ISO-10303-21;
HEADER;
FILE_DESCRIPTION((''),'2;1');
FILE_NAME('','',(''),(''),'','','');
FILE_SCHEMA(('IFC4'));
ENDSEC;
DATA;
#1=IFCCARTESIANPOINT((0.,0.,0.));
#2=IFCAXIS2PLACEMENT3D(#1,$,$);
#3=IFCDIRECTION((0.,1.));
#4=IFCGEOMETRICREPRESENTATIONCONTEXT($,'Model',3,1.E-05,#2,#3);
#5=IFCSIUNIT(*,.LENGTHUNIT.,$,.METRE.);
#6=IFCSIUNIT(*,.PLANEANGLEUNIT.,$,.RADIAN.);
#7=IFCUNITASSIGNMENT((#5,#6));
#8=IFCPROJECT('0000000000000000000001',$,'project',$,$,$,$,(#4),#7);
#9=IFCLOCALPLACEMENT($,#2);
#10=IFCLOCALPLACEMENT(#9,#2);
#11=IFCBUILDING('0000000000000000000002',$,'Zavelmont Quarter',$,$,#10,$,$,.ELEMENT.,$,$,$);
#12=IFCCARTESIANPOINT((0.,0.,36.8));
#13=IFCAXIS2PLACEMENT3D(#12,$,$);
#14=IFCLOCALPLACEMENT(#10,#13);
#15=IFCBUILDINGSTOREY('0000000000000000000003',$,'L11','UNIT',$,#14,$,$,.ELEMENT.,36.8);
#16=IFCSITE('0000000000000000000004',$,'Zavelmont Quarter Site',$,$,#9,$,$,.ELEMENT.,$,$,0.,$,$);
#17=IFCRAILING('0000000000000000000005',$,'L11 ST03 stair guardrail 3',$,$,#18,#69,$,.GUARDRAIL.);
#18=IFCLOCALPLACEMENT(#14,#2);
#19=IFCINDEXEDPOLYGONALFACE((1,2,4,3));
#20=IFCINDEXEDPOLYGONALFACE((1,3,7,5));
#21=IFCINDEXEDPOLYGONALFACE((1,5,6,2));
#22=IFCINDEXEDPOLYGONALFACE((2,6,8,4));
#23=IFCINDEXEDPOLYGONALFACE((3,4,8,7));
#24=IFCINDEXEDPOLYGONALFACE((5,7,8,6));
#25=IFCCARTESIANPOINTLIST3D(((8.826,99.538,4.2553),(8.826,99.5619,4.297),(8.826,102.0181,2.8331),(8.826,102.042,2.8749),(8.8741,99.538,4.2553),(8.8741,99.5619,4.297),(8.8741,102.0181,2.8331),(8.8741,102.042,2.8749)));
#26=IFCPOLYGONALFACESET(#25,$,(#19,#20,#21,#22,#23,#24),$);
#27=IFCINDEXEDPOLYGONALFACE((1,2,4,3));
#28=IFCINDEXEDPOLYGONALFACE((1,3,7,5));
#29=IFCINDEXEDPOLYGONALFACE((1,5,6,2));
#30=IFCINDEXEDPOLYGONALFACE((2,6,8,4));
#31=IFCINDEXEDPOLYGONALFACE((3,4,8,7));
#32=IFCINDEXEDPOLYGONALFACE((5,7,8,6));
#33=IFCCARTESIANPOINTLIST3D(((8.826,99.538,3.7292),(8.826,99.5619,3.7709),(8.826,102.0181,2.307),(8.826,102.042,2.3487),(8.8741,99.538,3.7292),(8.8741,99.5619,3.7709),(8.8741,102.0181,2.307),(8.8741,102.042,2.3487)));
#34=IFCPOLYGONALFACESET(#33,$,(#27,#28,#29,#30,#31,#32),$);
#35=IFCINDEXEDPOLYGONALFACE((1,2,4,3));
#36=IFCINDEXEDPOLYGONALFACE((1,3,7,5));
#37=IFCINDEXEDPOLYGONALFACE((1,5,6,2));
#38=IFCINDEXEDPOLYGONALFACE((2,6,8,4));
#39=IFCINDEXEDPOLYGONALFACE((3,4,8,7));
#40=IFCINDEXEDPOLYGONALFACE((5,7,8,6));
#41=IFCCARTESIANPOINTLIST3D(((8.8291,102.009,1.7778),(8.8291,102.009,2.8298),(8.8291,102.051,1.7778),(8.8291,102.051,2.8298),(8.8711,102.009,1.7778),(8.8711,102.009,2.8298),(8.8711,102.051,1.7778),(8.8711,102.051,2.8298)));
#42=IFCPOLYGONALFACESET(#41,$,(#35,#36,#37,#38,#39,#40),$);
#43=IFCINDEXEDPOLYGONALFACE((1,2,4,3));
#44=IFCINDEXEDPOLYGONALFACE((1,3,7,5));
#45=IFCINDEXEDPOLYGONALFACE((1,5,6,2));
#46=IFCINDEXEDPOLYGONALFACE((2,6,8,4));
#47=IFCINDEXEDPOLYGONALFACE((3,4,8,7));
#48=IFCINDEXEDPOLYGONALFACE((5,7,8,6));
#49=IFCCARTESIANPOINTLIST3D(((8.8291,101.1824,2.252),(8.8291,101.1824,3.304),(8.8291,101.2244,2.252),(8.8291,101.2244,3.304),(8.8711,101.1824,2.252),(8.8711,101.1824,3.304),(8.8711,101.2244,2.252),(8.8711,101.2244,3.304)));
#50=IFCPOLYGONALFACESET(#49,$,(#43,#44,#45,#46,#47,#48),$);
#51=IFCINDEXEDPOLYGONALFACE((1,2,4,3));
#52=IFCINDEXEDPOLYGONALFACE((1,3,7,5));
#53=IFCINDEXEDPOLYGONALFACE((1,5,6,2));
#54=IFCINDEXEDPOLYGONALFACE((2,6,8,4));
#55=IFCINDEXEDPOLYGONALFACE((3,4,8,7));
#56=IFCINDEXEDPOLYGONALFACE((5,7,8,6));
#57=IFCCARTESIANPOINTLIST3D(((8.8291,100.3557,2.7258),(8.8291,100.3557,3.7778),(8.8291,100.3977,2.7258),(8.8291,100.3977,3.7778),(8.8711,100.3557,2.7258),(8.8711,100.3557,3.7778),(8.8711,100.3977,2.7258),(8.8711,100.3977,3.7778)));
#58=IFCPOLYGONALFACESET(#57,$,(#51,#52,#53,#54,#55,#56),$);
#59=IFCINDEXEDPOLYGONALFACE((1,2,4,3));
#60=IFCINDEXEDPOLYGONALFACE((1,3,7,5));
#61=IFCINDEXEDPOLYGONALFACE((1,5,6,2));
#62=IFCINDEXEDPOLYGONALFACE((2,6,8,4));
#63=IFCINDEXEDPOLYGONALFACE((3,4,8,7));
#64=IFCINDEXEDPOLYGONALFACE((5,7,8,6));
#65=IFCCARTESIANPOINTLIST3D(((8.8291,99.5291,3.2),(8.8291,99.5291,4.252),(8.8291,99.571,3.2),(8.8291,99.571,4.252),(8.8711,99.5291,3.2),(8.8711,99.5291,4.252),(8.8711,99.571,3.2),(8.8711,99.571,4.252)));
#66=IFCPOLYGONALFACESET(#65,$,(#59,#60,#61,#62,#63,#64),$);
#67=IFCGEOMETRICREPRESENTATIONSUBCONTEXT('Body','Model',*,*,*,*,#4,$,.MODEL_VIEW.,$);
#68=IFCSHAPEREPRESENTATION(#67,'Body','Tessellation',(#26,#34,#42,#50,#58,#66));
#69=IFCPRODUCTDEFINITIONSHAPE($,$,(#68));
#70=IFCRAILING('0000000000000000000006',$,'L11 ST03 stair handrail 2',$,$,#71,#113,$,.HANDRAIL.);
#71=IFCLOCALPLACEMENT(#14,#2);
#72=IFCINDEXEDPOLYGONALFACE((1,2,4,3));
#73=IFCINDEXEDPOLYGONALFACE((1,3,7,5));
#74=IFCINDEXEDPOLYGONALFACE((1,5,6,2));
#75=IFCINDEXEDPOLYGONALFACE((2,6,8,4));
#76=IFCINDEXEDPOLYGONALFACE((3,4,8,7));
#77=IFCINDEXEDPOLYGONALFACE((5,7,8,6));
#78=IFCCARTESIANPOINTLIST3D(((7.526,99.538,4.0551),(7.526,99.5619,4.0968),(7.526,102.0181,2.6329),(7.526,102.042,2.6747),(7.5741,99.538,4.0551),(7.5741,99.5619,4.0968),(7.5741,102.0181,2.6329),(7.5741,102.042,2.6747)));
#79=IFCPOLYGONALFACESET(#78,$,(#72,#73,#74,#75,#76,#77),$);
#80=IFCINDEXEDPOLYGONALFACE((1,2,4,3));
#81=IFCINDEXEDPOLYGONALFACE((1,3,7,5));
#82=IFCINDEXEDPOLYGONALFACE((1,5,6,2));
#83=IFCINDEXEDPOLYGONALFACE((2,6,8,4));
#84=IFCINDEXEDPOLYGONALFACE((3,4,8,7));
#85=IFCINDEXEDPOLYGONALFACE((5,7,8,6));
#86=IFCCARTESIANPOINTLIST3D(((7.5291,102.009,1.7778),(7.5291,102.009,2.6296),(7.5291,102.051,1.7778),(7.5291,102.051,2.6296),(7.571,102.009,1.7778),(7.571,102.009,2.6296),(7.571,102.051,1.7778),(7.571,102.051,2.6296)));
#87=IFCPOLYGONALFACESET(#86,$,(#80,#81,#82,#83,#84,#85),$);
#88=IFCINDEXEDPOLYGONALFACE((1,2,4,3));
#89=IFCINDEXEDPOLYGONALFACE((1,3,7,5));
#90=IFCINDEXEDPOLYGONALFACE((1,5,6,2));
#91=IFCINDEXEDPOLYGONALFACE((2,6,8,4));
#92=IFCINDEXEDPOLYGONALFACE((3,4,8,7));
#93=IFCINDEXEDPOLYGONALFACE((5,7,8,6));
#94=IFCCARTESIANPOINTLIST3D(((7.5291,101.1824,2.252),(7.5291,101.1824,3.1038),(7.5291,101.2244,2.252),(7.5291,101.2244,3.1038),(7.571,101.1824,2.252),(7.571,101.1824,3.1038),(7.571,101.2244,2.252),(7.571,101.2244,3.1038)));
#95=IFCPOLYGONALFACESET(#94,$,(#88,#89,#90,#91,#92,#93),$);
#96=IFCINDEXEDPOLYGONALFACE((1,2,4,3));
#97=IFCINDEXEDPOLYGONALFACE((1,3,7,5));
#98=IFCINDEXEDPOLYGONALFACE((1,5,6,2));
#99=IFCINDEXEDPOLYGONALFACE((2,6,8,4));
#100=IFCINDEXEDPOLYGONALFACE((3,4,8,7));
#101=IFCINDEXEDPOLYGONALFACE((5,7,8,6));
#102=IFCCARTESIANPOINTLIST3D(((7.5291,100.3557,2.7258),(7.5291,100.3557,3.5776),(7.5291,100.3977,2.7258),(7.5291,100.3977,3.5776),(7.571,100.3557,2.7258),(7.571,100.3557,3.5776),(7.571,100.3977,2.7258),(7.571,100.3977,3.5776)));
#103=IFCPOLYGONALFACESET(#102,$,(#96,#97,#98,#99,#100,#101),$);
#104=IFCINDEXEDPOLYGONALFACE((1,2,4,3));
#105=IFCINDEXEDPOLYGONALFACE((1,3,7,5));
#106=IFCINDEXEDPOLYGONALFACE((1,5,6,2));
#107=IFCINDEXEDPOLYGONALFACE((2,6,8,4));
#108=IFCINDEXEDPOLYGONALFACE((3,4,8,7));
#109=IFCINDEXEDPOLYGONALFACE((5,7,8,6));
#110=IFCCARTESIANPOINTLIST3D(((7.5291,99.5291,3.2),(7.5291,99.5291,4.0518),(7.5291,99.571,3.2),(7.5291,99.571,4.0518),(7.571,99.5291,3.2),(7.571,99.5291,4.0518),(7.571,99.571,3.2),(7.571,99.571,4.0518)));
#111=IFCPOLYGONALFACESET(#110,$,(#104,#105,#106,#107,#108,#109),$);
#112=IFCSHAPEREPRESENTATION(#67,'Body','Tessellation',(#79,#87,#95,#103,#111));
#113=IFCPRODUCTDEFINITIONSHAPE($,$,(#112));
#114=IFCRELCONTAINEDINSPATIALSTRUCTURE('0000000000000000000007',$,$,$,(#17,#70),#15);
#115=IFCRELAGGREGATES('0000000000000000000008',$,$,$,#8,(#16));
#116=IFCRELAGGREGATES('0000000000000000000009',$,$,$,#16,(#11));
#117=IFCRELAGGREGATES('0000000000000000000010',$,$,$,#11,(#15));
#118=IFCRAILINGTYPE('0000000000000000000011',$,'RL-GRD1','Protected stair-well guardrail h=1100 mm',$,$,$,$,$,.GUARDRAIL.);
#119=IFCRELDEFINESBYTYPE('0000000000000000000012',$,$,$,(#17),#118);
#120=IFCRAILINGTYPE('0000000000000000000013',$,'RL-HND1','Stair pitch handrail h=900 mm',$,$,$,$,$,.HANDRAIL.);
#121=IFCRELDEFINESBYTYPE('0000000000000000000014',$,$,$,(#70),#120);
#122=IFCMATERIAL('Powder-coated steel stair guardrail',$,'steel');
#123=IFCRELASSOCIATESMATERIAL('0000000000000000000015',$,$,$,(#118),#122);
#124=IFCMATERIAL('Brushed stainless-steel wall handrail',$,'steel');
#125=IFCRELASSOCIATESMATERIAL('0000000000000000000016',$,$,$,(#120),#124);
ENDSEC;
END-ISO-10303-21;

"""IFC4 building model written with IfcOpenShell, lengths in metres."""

from ifc_helpers import new_model, si_unit, direction, frame, origin, origin_2d, place, context, subcontext, project, spatial, rectangle, extrude, material, type_object, element, save


model = new_model("IFC4")

# Units and contexts
model_context = context("Model", 3, precision=1e-05, world=origin(), true_north=direction((0.0, 1.0)))
body_context = subcontext(model_context, "Body", "Model", "MODEL_VIEW")
ifc_project = project(units=[si_unit("LENGTHUNIT", "METRE"), si_unit("PLANEANGLEUNIT", "RADIAN")], contexts=[model_context])

# Site, building, storey
site_placement = place(None, origin())
site = spatial("IfcSite", under=ifc_project, at=site_placement, Name="Zavelmont Quarter Site", CompositionType="ELEMENT", RefElevation=0.0)
building_placement = place(site_placement, origin())
building = spatial("IfcBuilding", under=site, at=building_placement, Name="Zavelmont Quarter", CompositionType="ELEMENT")
storey_placement = place(building_placement, frame((0.0, 0.0, 36.8)))
storey = spatial("IfcBuildingStorey", under=building, at=storey_placement, Name="L11", Description="UNIT", CompositionType="ELEMENT", Elevation=36.8)

# Railings
ifc_material_1 = material(Name="Powder-coated steel stair guardrail", Category="steel")
railing_type_1 = type_object("IfcRailingType", Name="RL-GRD1", Description="Protected stair-well guardrail h=1100 mm", PredefinedType="GUARDRAIL", material=ifc_material_1)
railing_1_placement = place(storey_placement, frame((8.8501, 102.03, 1.7778)))
element("IfcRailing", 1, at=railing_1_placement, inside=storey, type_object=railing_type_1, Name="L11 ST03 stair guardrail 3", PredefinedType="GUARDRAIL", context=body_context, shape_type="SweptSolid", body=[
    extrude(rectangle(XDim=0.0481, YDim=0.0481, at=origin_2d()), frame((0.0, 0.0, 1.0762), z_axis=(0.0, -0.867491, 0.497454), x_axis=(1.0, 0.0, 0.0)), (0.0, 0.0, 1.0), 2.8589),
    extrude(rectangle(XDim=0.0481, YDim=0.0481, at=origin_2d()), frame((0.0, 0.0, 0.55), z_axis=(0.0, -0.867491, 0.497454), x_axis=(1.0, 0.0, 0.0)), (0.0, 0.0, 1.0), 2.8589),
    extrude(rectangle(XDim=0.042, YDim=0.042, at=origin_2d()), origin(), (0.0, 0.0, 1.0), 1.052),
    extrude(rectangle(XDim=0.042, YDim=0.042, at=origin_2d()), frame((0.0, -0.8267, 0.4741)), (0.0, 0.0, 1.0), 1.052),
    extrude(rectangle(XDim=0.042, YDim=0.042, at=origin_2d()), frame((0.0, -1.6533, 0.948)), (0.0, 0.0, 1.0), 1.052),
    extrude(rectangle(XDim=0.042, YDim=0.042, at=origin_2d()), frame((0.0, -2.48, 1.4221)), (0.0, 0.0, 1.0), 1.052),
])
ifc_material_2 = material(Name="Brushed stainless-steel wall handrail", Category="steel")
railing_type_2 = type_object("IfcRailingType", Name="RL-HND1", Description="Stair pitch handrail h=900 mm", PredefinedType="HANDRAIL", material=ifc_material_2)
railing_2_placement = place(storey_placement, frame((7.55, 102.03, 1.7778)))
element("IfcRailing", 2, at=railing_2_placement, inside=storey, type_object=railing_type_2, Name="L11 ST03 stair handrail 2", PredefinedType="HANDRAIL", context=body_context, shape_type="SweptSolid", body=[
    extrude(rectangle(XDim=0.0481, YDim=0.0481, at=origin_2d()), frame((0.0, 0.0, 0.876), z_axis=(0.0, -0.867491, 0.497454), x_axis=(1.0, 0.0, 0.0)), (0.0, 0.0, 1.0), 2.8589),
    extrude(rectangle(XDim=0.042, YDim=0.042, at=origin_2d()), origin(), (0.0, 0.0, 1.0), 0.8518),
    extrude(rectangle(XDim=0.042, YDim=0.042, at=origin_2d()), frame((0.0, -0.8267, 0.4741)), (0.0, 0.0, 1.0), 0.8518),
    extrude(rectangle(XDim=0.042, YDim=0.042, at=origin_2d()), frame((0.0, -1.6533, 0.948)), (0.0, 0.0, 1.0), 0.8518),
    extrude(rectangle(XDim=0.042, YDim=0.042, at=origin_2d()), frame((0.0, -2.48, 1.4221)), (0.0, 0.0, 1.0), 0.8518),
])

save(model, "model.ifc")
